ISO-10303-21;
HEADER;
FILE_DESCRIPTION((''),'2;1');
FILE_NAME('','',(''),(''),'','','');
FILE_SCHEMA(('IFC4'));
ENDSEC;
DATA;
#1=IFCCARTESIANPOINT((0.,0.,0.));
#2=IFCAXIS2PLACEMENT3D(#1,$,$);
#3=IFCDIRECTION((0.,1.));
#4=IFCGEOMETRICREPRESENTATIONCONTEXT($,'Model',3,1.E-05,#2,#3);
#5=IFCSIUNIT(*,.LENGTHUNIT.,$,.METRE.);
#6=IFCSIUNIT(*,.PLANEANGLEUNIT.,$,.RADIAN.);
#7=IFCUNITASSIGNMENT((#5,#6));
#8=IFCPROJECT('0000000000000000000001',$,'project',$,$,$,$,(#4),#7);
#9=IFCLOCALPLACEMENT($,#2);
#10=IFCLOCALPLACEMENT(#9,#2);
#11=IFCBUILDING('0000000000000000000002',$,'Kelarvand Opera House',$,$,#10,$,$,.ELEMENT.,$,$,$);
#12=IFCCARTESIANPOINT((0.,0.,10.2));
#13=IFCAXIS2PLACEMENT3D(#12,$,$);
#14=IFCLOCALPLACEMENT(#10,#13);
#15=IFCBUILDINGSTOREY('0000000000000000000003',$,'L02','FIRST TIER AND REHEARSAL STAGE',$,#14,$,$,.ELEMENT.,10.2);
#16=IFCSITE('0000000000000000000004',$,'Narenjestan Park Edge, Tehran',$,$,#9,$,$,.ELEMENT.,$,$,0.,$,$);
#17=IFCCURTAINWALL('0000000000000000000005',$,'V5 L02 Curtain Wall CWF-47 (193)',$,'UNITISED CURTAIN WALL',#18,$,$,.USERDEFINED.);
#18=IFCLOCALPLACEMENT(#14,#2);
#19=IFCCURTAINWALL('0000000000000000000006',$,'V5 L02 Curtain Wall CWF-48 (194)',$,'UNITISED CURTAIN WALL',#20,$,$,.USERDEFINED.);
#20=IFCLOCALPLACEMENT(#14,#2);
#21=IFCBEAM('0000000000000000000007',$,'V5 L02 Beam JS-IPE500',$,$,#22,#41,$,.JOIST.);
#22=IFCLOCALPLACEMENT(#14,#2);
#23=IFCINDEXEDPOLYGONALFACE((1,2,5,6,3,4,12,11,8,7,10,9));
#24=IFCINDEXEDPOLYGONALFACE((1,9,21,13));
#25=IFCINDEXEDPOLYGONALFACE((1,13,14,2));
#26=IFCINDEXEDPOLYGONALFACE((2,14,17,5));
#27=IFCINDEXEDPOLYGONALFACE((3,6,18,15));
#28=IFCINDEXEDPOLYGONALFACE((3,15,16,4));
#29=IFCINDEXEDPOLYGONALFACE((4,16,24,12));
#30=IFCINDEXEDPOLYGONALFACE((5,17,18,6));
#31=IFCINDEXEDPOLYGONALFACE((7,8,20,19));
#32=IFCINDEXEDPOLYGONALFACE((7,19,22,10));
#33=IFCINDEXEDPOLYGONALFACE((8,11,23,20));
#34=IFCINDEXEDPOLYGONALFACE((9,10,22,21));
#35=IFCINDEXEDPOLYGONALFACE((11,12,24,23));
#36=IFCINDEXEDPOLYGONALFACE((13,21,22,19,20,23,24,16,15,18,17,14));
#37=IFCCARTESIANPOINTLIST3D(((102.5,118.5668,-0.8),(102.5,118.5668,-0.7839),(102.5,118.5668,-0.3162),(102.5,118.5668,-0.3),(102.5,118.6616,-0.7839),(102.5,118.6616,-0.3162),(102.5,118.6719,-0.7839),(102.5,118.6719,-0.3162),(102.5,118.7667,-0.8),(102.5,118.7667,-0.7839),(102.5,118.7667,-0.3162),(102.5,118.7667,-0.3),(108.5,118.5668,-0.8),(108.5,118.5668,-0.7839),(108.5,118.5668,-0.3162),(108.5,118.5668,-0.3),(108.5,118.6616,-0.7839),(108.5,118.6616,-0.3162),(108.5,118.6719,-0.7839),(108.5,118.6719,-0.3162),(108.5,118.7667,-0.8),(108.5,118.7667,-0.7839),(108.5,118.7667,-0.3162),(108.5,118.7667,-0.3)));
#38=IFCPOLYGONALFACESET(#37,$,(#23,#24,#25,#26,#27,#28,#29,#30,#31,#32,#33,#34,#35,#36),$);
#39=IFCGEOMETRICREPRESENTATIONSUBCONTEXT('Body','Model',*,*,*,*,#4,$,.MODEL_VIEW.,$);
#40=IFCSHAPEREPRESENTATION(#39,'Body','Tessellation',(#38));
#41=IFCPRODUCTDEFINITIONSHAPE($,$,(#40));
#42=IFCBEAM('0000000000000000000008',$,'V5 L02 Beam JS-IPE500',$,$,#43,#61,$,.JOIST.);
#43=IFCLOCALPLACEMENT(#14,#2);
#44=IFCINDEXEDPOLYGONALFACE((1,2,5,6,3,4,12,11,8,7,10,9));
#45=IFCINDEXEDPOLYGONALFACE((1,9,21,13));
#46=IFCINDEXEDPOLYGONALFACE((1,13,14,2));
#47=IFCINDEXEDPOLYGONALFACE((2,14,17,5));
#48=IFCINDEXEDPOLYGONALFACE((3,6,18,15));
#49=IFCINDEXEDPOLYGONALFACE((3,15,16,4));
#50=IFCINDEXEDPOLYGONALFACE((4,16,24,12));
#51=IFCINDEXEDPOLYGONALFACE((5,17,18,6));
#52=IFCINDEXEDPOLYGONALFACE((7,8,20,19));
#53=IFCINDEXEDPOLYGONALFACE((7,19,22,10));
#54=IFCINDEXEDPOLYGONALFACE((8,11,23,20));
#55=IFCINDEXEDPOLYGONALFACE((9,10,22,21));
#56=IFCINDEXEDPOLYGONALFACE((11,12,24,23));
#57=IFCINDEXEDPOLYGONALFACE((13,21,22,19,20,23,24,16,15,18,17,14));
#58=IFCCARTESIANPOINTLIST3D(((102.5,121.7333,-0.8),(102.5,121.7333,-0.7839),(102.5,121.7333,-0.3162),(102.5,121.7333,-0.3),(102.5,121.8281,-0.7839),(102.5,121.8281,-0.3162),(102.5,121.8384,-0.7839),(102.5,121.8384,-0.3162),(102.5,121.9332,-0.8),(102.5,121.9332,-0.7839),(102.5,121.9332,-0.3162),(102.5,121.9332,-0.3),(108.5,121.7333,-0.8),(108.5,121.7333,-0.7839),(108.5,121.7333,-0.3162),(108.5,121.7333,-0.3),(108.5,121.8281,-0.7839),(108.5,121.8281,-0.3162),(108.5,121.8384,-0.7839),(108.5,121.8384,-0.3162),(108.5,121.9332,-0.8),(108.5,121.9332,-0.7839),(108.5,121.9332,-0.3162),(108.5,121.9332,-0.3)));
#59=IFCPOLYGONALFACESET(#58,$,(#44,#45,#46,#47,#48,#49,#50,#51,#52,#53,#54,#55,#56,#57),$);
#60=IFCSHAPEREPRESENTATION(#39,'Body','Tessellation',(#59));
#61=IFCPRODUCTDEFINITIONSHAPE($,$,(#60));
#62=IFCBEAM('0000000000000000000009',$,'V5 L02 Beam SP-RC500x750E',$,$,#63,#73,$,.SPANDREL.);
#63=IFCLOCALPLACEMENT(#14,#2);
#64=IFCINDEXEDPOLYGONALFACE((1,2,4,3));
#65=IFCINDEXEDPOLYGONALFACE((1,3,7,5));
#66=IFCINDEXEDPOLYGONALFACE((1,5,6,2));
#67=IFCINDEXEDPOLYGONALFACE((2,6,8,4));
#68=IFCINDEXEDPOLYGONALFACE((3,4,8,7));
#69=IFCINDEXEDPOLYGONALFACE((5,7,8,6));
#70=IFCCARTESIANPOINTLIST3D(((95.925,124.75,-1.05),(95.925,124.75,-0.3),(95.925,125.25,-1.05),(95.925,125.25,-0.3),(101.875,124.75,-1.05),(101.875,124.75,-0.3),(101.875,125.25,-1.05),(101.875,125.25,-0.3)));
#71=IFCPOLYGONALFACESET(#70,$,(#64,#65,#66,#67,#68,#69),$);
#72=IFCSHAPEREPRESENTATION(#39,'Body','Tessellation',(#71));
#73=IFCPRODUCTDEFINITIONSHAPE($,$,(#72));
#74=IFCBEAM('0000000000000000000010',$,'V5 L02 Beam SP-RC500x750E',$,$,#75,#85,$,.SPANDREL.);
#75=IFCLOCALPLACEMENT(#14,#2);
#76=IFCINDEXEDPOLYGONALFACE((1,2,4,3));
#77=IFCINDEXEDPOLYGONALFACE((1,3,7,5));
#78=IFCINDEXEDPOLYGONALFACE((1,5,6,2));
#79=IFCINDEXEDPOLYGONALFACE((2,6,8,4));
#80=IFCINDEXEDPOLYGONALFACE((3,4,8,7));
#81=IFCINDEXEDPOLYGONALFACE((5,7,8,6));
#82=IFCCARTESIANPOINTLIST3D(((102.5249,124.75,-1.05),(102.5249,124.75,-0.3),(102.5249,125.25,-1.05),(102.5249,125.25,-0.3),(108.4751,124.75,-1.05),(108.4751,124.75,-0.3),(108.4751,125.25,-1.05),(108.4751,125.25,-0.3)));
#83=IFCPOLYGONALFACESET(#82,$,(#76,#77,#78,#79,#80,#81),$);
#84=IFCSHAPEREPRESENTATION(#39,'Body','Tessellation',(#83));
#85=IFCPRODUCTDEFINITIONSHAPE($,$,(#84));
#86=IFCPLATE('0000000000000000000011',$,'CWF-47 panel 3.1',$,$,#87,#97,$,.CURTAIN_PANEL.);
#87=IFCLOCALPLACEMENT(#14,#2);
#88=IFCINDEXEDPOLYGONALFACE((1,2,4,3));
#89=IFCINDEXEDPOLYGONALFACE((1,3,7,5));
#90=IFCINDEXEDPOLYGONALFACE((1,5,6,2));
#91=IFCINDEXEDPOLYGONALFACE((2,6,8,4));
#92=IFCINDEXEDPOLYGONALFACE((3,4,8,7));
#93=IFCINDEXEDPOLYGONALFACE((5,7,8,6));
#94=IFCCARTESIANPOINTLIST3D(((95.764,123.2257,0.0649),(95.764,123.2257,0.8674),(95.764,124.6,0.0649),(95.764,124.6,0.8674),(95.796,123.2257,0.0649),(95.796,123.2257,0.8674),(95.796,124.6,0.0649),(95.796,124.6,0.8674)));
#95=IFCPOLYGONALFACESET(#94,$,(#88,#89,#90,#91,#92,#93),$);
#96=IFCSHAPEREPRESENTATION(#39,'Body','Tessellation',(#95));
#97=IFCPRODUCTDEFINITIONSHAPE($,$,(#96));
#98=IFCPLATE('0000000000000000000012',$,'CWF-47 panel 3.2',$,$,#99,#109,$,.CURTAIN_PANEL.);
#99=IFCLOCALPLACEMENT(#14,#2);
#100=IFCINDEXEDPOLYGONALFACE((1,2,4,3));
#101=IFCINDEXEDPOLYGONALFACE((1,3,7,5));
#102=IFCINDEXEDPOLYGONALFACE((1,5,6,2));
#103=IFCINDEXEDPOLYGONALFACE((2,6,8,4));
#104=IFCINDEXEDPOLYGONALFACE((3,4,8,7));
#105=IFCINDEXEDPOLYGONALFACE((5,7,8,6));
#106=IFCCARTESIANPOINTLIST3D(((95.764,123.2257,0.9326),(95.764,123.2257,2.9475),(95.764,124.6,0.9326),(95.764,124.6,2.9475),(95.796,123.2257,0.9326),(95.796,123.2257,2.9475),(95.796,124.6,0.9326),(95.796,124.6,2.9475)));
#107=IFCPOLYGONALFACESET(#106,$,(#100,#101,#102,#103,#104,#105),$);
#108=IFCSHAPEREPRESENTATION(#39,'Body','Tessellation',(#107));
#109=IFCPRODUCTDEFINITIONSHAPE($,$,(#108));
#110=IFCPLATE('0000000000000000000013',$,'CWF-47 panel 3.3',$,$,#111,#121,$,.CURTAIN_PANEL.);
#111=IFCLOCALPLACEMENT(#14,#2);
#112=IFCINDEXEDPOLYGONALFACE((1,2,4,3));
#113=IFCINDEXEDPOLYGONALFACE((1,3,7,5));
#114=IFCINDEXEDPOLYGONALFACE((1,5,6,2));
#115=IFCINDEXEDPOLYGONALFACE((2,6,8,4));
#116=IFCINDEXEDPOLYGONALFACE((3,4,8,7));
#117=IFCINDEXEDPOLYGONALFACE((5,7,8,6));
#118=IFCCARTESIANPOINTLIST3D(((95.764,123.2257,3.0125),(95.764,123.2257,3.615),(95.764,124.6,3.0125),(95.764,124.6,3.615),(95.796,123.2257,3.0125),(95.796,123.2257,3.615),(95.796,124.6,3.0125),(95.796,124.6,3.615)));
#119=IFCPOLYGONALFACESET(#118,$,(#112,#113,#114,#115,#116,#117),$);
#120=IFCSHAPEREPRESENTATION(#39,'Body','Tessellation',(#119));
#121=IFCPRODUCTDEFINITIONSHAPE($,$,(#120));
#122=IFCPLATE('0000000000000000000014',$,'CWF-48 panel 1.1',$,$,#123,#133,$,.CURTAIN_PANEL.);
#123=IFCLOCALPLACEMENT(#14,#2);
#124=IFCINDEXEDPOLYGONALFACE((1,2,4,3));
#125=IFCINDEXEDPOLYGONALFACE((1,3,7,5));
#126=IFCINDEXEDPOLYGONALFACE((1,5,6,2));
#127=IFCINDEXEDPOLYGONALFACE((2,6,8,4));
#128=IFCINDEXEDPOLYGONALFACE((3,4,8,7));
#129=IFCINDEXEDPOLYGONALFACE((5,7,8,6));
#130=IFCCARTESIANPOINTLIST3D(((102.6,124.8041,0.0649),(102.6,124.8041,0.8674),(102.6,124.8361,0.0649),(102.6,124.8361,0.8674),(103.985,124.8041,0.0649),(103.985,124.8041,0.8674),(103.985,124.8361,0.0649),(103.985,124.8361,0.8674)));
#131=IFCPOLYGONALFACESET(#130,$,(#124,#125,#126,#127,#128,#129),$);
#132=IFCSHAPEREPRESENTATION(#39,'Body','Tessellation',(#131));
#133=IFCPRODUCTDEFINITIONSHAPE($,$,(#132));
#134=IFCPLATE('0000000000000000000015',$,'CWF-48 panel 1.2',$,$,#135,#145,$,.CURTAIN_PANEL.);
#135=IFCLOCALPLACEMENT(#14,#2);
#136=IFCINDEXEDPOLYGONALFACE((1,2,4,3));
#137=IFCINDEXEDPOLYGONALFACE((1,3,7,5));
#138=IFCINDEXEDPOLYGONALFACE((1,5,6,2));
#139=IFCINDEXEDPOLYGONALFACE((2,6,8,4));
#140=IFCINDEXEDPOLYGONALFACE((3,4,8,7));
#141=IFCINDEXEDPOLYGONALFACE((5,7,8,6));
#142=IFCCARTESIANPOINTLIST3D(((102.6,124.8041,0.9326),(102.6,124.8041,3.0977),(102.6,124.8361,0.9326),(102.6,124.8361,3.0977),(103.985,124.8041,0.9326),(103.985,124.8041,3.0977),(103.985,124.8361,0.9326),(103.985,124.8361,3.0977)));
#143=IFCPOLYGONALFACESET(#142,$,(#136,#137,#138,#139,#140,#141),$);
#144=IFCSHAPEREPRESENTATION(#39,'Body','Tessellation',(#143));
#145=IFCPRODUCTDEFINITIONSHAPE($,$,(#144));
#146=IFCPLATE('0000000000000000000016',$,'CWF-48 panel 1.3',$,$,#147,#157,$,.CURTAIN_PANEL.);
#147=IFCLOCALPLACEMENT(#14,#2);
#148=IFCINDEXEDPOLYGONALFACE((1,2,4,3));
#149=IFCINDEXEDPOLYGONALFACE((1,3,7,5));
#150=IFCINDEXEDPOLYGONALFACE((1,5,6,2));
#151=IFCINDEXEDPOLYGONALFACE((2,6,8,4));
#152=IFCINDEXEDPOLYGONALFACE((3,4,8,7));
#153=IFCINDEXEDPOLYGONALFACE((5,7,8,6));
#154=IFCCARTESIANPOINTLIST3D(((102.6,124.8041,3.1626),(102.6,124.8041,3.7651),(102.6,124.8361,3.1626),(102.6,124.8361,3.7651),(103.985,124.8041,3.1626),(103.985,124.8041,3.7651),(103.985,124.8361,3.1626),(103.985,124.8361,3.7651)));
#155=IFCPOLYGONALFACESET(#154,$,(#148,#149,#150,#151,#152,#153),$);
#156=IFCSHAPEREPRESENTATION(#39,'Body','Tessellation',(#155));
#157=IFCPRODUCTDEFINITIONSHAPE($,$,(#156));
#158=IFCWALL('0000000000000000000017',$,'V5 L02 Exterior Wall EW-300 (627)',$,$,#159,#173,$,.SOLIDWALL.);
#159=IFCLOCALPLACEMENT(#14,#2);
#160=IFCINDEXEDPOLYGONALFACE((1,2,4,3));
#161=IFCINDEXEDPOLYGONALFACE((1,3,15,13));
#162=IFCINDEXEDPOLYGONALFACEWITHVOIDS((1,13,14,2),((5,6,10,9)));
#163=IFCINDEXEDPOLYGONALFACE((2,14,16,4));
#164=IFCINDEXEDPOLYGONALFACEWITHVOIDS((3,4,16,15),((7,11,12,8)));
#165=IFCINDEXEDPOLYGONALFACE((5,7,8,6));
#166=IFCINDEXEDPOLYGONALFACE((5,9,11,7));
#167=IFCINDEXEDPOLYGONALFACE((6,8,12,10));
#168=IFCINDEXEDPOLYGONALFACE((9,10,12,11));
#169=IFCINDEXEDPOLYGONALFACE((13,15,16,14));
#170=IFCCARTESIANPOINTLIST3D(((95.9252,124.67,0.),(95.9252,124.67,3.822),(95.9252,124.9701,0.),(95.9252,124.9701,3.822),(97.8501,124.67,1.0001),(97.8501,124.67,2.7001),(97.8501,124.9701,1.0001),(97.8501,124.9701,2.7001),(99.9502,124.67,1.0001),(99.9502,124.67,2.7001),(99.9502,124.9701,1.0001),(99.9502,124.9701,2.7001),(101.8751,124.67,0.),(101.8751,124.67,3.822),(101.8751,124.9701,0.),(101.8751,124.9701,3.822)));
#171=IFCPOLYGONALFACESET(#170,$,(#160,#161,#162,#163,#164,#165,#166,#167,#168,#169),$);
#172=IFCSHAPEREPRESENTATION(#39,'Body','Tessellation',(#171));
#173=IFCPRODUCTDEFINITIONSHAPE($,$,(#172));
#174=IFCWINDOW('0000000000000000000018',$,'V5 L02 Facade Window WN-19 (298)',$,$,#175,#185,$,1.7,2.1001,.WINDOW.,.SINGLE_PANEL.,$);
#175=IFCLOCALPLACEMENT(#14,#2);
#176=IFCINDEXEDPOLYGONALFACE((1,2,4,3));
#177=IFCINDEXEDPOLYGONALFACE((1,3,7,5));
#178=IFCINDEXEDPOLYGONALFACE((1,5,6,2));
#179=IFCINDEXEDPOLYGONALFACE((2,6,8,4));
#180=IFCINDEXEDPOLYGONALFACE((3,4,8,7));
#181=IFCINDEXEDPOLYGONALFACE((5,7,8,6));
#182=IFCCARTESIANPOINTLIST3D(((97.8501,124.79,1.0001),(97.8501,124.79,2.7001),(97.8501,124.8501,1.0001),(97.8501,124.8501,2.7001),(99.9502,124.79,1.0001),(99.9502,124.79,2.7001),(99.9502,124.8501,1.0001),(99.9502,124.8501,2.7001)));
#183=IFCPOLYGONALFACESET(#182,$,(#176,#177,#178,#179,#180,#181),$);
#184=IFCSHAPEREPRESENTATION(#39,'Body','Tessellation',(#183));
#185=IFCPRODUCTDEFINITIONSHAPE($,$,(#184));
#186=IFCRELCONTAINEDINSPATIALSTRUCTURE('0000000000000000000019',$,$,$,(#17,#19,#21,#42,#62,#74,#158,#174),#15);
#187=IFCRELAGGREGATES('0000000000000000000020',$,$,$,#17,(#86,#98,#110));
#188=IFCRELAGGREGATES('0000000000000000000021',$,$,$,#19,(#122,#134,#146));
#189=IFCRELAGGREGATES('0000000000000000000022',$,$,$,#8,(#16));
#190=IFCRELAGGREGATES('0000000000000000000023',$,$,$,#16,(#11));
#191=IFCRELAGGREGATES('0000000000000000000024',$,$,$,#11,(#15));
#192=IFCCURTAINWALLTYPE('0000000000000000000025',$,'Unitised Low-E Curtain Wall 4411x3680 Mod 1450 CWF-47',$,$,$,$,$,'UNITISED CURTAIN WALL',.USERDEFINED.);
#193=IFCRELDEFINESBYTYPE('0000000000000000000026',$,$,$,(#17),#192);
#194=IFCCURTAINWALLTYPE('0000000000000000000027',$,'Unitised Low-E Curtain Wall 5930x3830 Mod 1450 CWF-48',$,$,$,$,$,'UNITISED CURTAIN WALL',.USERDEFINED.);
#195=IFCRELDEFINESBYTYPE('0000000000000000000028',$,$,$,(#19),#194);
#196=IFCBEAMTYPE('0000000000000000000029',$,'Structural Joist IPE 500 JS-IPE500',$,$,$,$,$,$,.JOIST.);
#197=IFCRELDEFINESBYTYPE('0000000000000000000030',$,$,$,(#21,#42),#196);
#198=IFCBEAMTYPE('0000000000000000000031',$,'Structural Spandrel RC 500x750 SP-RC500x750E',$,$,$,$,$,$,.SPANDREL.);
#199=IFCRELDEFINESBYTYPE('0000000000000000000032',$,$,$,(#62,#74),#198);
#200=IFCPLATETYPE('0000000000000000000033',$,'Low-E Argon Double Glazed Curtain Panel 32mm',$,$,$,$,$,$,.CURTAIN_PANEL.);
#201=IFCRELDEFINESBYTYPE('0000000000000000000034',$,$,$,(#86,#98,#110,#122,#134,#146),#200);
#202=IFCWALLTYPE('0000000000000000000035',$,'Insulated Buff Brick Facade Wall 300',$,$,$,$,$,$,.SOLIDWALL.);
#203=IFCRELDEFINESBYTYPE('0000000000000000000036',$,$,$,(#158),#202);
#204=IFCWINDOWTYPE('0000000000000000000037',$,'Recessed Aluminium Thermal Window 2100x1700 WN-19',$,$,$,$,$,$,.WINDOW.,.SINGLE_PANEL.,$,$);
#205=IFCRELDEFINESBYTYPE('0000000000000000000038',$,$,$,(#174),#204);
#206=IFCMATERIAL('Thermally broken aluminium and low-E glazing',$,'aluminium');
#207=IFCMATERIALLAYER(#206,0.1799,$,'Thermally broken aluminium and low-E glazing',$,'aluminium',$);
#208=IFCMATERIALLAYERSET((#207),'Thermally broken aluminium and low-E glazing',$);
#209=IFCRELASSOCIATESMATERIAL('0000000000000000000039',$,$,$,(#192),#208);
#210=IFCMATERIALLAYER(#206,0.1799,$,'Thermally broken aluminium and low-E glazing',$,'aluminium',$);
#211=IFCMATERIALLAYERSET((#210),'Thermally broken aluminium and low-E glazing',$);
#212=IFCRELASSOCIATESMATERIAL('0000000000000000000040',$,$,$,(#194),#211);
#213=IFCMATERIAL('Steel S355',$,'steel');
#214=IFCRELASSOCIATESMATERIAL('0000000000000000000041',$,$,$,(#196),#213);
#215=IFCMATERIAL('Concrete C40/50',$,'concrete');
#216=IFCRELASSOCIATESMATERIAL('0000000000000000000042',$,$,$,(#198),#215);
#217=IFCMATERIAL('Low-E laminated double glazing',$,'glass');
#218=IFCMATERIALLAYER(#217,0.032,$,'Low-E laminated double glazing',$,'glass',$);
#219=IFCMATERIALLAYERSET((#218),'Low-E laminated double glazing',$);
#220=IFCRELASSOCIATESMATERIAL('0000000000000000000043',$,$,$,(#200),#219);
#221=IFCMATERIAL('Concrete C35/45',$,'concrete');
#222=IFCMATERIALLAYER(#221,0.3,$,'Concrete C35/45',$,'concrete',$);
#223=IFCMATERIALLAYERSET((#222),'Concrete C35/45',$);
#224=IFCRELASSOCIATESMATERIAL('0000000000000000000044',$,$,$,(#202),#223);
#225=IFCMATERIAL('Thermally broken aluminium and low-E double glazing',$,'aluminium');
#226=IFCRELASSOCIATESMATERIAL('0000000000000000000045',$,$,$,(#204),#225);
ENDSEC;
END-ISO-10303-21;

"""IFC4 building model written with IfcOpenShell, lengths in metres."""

from ifc_helpers import new_model, si_unit, direction, frame, frame_2d, origin, origin_2d, place, context, subcontext, project, spatial, rectangle, i_section, extrude, material, layer, layer_set, material_profile, profile_set, type_object, element, fill, aggregate, save


model = new_model("IFC4")

# Units and contexts
model_context = context("Model", 3, precision=1e-05, world=origin(), true_north=direction((0.0, 1.0)))
body_context = subcontext(model_context, "Body", "Model", "MODEL_VIEW")
ifc_project = project(units=[si_unit("LENGTHUNIT", "METRE"), si_unit("PLANEANGLEUNIT", "RADIAN")], contexts=[model_context])

# Site, building, storey
site_placement = place(None, origin())
site = spatial("IfcSite", under=ifc_project, at=site_placement, Name="Narenjestan Park Edge, Tehran", CompositionType="ELEMENT", RefElevation=0.0)
building_placement = place(site_placement, origin())
building = spatial("IfcBuilding", under=site, at=building_placement, Name="Kelarvand Opera House", CompositionType="ELEMENT")
storey_placement = place(building_placement, frame((0.0, 0.0, 10.2)))
storey = spatial("IfcBuildingStorey", under=building, at=storey_placement, Name="L02", Description="FIRST TIER AND REHEARSAL STAGE", CompositionType="ELEMENT", Elevation=10.2)

# Shared definitions
ifc_material_1 = material(Name="Concrete C40/50", Category="concrete")

# Curtain wall
ifc_material_2 = material(Name="Thermally broken aluminium and low-E glazing", Category="aluminium")
ifc_layer_1 = layer(ifc_material_2, 0.1799, Name="Thermally broken aluminium and low-E glazing", Category="aluminium")
ifc_layer_set_1 = layer_set([ifc_layer_1], Name="Thermally broken aluminium and low-E glazing")
curtain_wall_type_1 = type_object("IfcCurtainWallType", Name="Unitised Low-E Curtain Wall 4411x3680 Mod 1450 CWF-47", ElementType="UNITISED CURTAIN WALL", PredefinedType="USERDEFINED", material=ifc_layer_set_1)
curtain_wall_1_placement = place(storey_placement, origin())
curtain_wall_1 = element("IfcCurtainWall", 1, at=curtain_wall_1_placement, inside=storey, type_object=curtain_wall_type_1, Name="V5 L02 Curtain Wall CWF-47 (193)", ObjectType="UNITISED CURTAIN WALL", PredefinedType="USERDEFINED")

# Curtain wall
ifc_layer_2 = layer(ifc_material_2, 0.1799, Name="Thermally broken aluminium and low-E glazing", Category="aluminium")
ifc_layer_set_2 = layer_set([ifc_layer_2], Name="Thermally broken aluminium and low-E glazing")
curtain_wall_type_2 = type_object("IfcCurtainWallType", Name="Unitised Low-E Curtain Wall 5930x3830 Mod 1450 CWF-48", ElementType="UNITISED CURTAIN WALL", PredefinedType="USERDEFINED", material=ifc_layer_set_2)
curtain_wall_2_placement = place(storey_placement, origin())
curtain_wall_2 = element("IfcCurtainWall", 2, at=curtain_wall_2_placement, inside=storey, type_object=curtain_wall_type_2, Name="V5 L02 Curtain Wall CWF-48 (194)", ObjectType="UNITISED CURTAIN WALL", PredefinedType="USERDEFINED")

# Beams
ifc_material_3 = material(Name="Steel S355", Category="steel")
ifc_material_profile_1 = material_profile(ifc_material_3, i_section(OverallWidth=0.2, OverallDepth=0.5, WebThickness=0.0103, FlangeThickness=0.0161, at=origin_2d()), Name="IPE 500", Category="steel")
ifc_profile_set_1 = profile_set([ifc_material_profile_1], Name="Steel S355")
beam_type_1 = type_object("IfcBeamType", Name="Structural Joist IPE 500 JS-IPE500", PredefinedType="JOIST", material=ifc_profile_set_1)
for number, where, z_axis, x_axis, name in (
    (3, (102.5, 118.6667, -0.55), (1.0, 0.0, 0.0), (0.0, 1.0, 0.0), "V5 L02 Beam JS-IPE500"),
    (4, (102.5, 121.8333, -0.55), (1.0, 0.0, 0.0), (0.0, 1.0, 0.0), "V5 L02 Beam JS-IPE500"),
):
    element("IfcBeam", number, at=place(storey_placement, frame(where, z_axis=z_axis, x_axis=x_axis)), inside=storey, type_object=beam_type_1, Name=name, PredefinedType="JOIST", context=body_context, shape_type="SweptSolid", body=[
        extrude(i_section(OverallWidth=0.2, OverallDepth=0.5, WebThickness=0.0103, FlangeThickness=0.0161, at=origin_2d()), origin(), (0.0, 0.0, 1.0), 6.0),
    ])
ifc_material_profile_2 = material_profile(ifc_material_1, rectangle(XDim=0.5, YDim=0.75, at=origin_2d()), Name="RC 500x750", Category="concrete")
ifc_profile_set_2 = profile_set([ifc_material_profile_2], Name="Concrete C40/50")
beam_type_2 = type_object("IfcBeamType", Name="Structural Spandrel RC 500x750 SP-RC500x750E", PredefinedType="SPANDREL", material=ifc_profile_set_2)
beam_1_placement = place(storey_placement, frame((95.925, 125.0, -0.675), z_axis=(1.0, 0.0, 0.0), x_axis=(0.0, 1.0, 0.0)))
element("IfcBeam", 5, at=beam_1_placement, inside=storey, type_object=beam_type_2, Name="V5 L02 Beam SP-RC500x750E", PredefinedType="SPANDREL", context=body_context, shape_type="SweptSolid", body=[
    extrude(rectangle(XDim=0.5, YDim=0.75, at=origin_2d()), origin(), (0.0, 0.0, 1.0), 5.95),
])
beam_2_placement = place(storey_placement, frame((102.5249, 125.0, -0.675), z_axis=(1.0, 0.0, 0.0), x_axis=(0.0, 1.0, 0.0)))
element("IfcBeam", 6, at=beam_2_placement, inside=storey, type_object=beam_type_2, Name="V5 L02 Beam SP-RC500x750E", PredefinedType="SPANDREL", context=body_context, shape_type="SweptSolid", body=[
    extrude(rectangle(XDim=0.5, YDim=0.75, at=origin_2d()), origin(), (0.0, 0.0, 1.0), 5.9502),
])

# Plates
ifc_material_4 = material(Name="Low-E laminated double glazing", Category="glass")
ifc_layer_3 = layer(ifc_material_4, 0.032, Name="Low-E laminated double glazing", Category="glass")
ifc_layer_set_3 = layer_set([ifc_layer_3], Name="Low-E laminated double glazing")
plate_type = type_object("IfcPlateType", Name="Low-E Argon Double Glazed Curtain Panel 32mm", PredefinedType="CURTAIN_PANEL", material=ifc_layer_set_3)
plate_1_placement = place(storey_placement, frame((95.78, 123.9128, 0.0649), z_axis=(0.0, 0.0, 1.0), x_axis=(0.0, 1.0, 0.0)))
plate_1 = element("IfcPlate", 7, at=plate_1_placement, type_object=plate_type, Name="CWF-47 panel 3.1", PredefinedType="CURTAIN_PANEL", context=body_context, shape_type="SweptSolid", body=[
    extrude(rectangle(XDim=1.3743, YDim=0.032, at=origin_2d()), origin(), (0.0, 0.0, 1.0), 0.8025),
])
plate_2_placement = place(storey_placement, frame((95.78, 123.9128, 0.9326), z_axis=(0.0, 0.0, 1.0), x_axis=(0.0, 1.0, 0.0)))
plate_2 = element("IfcPlate", 8, at=plate_2_placement, type_object=plate_type, Name="CWF-47 panel 3.2", PredefinedType="CURTAIN_PANEL", context=body_context, shape_type="SweptSolid", body=[
    extrude(rectangle(XDim=1.3743, YDim=0.032, at=origin_2d()), origin(), (0.0, 0.0, 1.0), 2.0149),
])
plate_3_placement = place(storey_placement, frame((95.78, 123.9128, 3.0125), z_axis=(0.0, 0.0, 1.0), x_axis=(0.0, 1.0, 0.0)))
plate_3 = element("IfcPlate", 9, at=plate_3_placement, type_object=plate_type, Name="CWF-47 panel 3.3", PredefinedType="CURTAIN_PANEL", context=body_context, shape_type="SweptSolid", body=[
    extrude(rectangle(XDim=1.3743, YDim=0.032, at=origin_2d()), origin(), (0.0, 0.0, 1.0), 0.6025),
])
aggregate(curtain_wall_1, [plate_1, plate_2, plate_3])
plate_4_placement = place(storey_placement, frame((103.2925, 124.8201, 0.0649), z_axis=(0.0, 0.0, 1.0), x_axis=(1.0, 0.0, 0.0)))
plate_4 = element("IfcPlate", 10, at=plate_4_placement, type_object=plate_type, Name="CWF-48 panel 1.1", PredefinedType="CURTAIN_PANEL", context=body_context, shape_type="SweptSolid", body=[
    extrude(rectangle(XDim=1.385, YDim=0.032, at=origin_2d()), origin(), (0.0, 0.0, 1.0), 0.8025),
])
plate_5_placement = place(storey_placement, frame((103.2925, 124.8201, 0.9326), z_axis=(0.0, 0.0, 1.0), x_axis=(1.0, 0.0, 0.0)))
plate_5 = element("IfcPlate", 11, at=plate_5_placement, type_object=plate_type, Name="CWF-48 panel 1.2", PredefinedType="CURTAIN_PANEL", context=body_context, shape_type="SweptSolid", body=[
    extrude(rectangle(XDim=1.385, YDim=0.032, at=origin_2d()), origin(), (0.0, 0.0, 1.0), 2.165),
])
plate_6_placement = place(storey_placement, frame((103.2925, 124.8201, 3.1626), z_axis=(0.0, 0.0, 1.0), x_axis=(1.0, 0.0, 0.0)))
plate_6 = element("IfcPlate", 12, at=plate_6_placement, type_object=plate_type, Name="CWF-48 panel 1.3", PredefinedType="CURTAIN_PANEL", context=body_context, shape_type="SweptSolid", body=[
    extrude(rectangle(XDim=1.385, YDim=0.032, at=origin_2d()), origin(), (0.0, 0.0, 1.0), 0.6025),
])
aggregate(curtain_wall_2, [plate_4, plate_5, plate_6])

# Wall, opening, window
ifc_material_5 = material(Name="Concrete C35/45", Category="concrete")
ifc_layer_4 = layer(ifc_material_5, 0.3, Name="Concrete C35/45", Category="concrete")
ifc_layer_set_4 = layer_set([ifc_layer_4], Name="Concrete C35/45")
wall_type = type_object("IfcWallType", Name="Insulated Buff Brick Facade Wall 300", PredefinedType="SOLIDWALL", material=ifc_layer_set_4)
wall_placement = place(storey_placement, frame((95.925, 124.8201, 0.0), z_axis=(0.0, 0.0, 1.0), x_axis=(1.0, 0.0, 0.0)))
wall = element("IfcWall", 13, at=wall_placement, inside=storey, type_object=wall_type, Name="V5 L02 Exterior Wall EW-300 (627)", PredefinedType="SOLIDWALL", context=body_context, shape_type="SweptSolid", body=[
    extrude(rectangle(XDim=5.95, YDim=0.3, at=frame_2d((2.9751, 0.0))), origin(), (0.0, 0.0, 1.0), 3.822),
])
opening_placement = place(wall_placement, frame((1.925, 0.0, 1.0)))
opening = element("IfcOpeningElement", 14, at=opening_placement, cuts=wall, PredefinedType="OPENING", context=body_context, shape_type="SweptSolid", body=[
    extrude(rectangle(XDim=2.1001, YDim=1.7, at=frame_2d((1.05, 0.8501))), frame((0.0, 0.1602, 0.0), z_axis=(0.0, -1.0, 0.0), x_axis=(1.0, 0.0, 0.0)), (0.0, 0.0, 1.0), 0.3201),
])
ifc_material_6 = material(Name="Thermally broken aluminium and low-E double glazing", Category="aluminium")
window_type = type_object("IfcWindowType", Name="Recessed Aluminium Thermal Window 2100x1700 WN-19", PartitioningType="SINGLE_PANEL", PredefinedType="WINDOW", material=ifc_material_6)
window_placement = place(opening_placement, origin())
window = element("IfcWindow", 15, at=window_placement, inside=storey, type_object=window_type, Name="V5 L02 Facade Window WN-19 (298)", OverallHeight=1.7, OverallWidth=2.1001, PartitioningType="SINGLE_PANEL", PredefinedType="WINDOW", context=body_context, shape_type="SweptSolid", body=[
    extrude(rectangle(XDim=2.1001, YDim=1.7, at=frame_2d((1.05, 0.8501))), frame((0.0, 0.03, 0.0), z_axis=(0.0, -1.0, 0.0), x_axis=(1.0, 0.0, 0.0)), (0.0, 0.0, 1.0), 0.0601),
])
fill(opening, window)

save(model, "model.ifc")
